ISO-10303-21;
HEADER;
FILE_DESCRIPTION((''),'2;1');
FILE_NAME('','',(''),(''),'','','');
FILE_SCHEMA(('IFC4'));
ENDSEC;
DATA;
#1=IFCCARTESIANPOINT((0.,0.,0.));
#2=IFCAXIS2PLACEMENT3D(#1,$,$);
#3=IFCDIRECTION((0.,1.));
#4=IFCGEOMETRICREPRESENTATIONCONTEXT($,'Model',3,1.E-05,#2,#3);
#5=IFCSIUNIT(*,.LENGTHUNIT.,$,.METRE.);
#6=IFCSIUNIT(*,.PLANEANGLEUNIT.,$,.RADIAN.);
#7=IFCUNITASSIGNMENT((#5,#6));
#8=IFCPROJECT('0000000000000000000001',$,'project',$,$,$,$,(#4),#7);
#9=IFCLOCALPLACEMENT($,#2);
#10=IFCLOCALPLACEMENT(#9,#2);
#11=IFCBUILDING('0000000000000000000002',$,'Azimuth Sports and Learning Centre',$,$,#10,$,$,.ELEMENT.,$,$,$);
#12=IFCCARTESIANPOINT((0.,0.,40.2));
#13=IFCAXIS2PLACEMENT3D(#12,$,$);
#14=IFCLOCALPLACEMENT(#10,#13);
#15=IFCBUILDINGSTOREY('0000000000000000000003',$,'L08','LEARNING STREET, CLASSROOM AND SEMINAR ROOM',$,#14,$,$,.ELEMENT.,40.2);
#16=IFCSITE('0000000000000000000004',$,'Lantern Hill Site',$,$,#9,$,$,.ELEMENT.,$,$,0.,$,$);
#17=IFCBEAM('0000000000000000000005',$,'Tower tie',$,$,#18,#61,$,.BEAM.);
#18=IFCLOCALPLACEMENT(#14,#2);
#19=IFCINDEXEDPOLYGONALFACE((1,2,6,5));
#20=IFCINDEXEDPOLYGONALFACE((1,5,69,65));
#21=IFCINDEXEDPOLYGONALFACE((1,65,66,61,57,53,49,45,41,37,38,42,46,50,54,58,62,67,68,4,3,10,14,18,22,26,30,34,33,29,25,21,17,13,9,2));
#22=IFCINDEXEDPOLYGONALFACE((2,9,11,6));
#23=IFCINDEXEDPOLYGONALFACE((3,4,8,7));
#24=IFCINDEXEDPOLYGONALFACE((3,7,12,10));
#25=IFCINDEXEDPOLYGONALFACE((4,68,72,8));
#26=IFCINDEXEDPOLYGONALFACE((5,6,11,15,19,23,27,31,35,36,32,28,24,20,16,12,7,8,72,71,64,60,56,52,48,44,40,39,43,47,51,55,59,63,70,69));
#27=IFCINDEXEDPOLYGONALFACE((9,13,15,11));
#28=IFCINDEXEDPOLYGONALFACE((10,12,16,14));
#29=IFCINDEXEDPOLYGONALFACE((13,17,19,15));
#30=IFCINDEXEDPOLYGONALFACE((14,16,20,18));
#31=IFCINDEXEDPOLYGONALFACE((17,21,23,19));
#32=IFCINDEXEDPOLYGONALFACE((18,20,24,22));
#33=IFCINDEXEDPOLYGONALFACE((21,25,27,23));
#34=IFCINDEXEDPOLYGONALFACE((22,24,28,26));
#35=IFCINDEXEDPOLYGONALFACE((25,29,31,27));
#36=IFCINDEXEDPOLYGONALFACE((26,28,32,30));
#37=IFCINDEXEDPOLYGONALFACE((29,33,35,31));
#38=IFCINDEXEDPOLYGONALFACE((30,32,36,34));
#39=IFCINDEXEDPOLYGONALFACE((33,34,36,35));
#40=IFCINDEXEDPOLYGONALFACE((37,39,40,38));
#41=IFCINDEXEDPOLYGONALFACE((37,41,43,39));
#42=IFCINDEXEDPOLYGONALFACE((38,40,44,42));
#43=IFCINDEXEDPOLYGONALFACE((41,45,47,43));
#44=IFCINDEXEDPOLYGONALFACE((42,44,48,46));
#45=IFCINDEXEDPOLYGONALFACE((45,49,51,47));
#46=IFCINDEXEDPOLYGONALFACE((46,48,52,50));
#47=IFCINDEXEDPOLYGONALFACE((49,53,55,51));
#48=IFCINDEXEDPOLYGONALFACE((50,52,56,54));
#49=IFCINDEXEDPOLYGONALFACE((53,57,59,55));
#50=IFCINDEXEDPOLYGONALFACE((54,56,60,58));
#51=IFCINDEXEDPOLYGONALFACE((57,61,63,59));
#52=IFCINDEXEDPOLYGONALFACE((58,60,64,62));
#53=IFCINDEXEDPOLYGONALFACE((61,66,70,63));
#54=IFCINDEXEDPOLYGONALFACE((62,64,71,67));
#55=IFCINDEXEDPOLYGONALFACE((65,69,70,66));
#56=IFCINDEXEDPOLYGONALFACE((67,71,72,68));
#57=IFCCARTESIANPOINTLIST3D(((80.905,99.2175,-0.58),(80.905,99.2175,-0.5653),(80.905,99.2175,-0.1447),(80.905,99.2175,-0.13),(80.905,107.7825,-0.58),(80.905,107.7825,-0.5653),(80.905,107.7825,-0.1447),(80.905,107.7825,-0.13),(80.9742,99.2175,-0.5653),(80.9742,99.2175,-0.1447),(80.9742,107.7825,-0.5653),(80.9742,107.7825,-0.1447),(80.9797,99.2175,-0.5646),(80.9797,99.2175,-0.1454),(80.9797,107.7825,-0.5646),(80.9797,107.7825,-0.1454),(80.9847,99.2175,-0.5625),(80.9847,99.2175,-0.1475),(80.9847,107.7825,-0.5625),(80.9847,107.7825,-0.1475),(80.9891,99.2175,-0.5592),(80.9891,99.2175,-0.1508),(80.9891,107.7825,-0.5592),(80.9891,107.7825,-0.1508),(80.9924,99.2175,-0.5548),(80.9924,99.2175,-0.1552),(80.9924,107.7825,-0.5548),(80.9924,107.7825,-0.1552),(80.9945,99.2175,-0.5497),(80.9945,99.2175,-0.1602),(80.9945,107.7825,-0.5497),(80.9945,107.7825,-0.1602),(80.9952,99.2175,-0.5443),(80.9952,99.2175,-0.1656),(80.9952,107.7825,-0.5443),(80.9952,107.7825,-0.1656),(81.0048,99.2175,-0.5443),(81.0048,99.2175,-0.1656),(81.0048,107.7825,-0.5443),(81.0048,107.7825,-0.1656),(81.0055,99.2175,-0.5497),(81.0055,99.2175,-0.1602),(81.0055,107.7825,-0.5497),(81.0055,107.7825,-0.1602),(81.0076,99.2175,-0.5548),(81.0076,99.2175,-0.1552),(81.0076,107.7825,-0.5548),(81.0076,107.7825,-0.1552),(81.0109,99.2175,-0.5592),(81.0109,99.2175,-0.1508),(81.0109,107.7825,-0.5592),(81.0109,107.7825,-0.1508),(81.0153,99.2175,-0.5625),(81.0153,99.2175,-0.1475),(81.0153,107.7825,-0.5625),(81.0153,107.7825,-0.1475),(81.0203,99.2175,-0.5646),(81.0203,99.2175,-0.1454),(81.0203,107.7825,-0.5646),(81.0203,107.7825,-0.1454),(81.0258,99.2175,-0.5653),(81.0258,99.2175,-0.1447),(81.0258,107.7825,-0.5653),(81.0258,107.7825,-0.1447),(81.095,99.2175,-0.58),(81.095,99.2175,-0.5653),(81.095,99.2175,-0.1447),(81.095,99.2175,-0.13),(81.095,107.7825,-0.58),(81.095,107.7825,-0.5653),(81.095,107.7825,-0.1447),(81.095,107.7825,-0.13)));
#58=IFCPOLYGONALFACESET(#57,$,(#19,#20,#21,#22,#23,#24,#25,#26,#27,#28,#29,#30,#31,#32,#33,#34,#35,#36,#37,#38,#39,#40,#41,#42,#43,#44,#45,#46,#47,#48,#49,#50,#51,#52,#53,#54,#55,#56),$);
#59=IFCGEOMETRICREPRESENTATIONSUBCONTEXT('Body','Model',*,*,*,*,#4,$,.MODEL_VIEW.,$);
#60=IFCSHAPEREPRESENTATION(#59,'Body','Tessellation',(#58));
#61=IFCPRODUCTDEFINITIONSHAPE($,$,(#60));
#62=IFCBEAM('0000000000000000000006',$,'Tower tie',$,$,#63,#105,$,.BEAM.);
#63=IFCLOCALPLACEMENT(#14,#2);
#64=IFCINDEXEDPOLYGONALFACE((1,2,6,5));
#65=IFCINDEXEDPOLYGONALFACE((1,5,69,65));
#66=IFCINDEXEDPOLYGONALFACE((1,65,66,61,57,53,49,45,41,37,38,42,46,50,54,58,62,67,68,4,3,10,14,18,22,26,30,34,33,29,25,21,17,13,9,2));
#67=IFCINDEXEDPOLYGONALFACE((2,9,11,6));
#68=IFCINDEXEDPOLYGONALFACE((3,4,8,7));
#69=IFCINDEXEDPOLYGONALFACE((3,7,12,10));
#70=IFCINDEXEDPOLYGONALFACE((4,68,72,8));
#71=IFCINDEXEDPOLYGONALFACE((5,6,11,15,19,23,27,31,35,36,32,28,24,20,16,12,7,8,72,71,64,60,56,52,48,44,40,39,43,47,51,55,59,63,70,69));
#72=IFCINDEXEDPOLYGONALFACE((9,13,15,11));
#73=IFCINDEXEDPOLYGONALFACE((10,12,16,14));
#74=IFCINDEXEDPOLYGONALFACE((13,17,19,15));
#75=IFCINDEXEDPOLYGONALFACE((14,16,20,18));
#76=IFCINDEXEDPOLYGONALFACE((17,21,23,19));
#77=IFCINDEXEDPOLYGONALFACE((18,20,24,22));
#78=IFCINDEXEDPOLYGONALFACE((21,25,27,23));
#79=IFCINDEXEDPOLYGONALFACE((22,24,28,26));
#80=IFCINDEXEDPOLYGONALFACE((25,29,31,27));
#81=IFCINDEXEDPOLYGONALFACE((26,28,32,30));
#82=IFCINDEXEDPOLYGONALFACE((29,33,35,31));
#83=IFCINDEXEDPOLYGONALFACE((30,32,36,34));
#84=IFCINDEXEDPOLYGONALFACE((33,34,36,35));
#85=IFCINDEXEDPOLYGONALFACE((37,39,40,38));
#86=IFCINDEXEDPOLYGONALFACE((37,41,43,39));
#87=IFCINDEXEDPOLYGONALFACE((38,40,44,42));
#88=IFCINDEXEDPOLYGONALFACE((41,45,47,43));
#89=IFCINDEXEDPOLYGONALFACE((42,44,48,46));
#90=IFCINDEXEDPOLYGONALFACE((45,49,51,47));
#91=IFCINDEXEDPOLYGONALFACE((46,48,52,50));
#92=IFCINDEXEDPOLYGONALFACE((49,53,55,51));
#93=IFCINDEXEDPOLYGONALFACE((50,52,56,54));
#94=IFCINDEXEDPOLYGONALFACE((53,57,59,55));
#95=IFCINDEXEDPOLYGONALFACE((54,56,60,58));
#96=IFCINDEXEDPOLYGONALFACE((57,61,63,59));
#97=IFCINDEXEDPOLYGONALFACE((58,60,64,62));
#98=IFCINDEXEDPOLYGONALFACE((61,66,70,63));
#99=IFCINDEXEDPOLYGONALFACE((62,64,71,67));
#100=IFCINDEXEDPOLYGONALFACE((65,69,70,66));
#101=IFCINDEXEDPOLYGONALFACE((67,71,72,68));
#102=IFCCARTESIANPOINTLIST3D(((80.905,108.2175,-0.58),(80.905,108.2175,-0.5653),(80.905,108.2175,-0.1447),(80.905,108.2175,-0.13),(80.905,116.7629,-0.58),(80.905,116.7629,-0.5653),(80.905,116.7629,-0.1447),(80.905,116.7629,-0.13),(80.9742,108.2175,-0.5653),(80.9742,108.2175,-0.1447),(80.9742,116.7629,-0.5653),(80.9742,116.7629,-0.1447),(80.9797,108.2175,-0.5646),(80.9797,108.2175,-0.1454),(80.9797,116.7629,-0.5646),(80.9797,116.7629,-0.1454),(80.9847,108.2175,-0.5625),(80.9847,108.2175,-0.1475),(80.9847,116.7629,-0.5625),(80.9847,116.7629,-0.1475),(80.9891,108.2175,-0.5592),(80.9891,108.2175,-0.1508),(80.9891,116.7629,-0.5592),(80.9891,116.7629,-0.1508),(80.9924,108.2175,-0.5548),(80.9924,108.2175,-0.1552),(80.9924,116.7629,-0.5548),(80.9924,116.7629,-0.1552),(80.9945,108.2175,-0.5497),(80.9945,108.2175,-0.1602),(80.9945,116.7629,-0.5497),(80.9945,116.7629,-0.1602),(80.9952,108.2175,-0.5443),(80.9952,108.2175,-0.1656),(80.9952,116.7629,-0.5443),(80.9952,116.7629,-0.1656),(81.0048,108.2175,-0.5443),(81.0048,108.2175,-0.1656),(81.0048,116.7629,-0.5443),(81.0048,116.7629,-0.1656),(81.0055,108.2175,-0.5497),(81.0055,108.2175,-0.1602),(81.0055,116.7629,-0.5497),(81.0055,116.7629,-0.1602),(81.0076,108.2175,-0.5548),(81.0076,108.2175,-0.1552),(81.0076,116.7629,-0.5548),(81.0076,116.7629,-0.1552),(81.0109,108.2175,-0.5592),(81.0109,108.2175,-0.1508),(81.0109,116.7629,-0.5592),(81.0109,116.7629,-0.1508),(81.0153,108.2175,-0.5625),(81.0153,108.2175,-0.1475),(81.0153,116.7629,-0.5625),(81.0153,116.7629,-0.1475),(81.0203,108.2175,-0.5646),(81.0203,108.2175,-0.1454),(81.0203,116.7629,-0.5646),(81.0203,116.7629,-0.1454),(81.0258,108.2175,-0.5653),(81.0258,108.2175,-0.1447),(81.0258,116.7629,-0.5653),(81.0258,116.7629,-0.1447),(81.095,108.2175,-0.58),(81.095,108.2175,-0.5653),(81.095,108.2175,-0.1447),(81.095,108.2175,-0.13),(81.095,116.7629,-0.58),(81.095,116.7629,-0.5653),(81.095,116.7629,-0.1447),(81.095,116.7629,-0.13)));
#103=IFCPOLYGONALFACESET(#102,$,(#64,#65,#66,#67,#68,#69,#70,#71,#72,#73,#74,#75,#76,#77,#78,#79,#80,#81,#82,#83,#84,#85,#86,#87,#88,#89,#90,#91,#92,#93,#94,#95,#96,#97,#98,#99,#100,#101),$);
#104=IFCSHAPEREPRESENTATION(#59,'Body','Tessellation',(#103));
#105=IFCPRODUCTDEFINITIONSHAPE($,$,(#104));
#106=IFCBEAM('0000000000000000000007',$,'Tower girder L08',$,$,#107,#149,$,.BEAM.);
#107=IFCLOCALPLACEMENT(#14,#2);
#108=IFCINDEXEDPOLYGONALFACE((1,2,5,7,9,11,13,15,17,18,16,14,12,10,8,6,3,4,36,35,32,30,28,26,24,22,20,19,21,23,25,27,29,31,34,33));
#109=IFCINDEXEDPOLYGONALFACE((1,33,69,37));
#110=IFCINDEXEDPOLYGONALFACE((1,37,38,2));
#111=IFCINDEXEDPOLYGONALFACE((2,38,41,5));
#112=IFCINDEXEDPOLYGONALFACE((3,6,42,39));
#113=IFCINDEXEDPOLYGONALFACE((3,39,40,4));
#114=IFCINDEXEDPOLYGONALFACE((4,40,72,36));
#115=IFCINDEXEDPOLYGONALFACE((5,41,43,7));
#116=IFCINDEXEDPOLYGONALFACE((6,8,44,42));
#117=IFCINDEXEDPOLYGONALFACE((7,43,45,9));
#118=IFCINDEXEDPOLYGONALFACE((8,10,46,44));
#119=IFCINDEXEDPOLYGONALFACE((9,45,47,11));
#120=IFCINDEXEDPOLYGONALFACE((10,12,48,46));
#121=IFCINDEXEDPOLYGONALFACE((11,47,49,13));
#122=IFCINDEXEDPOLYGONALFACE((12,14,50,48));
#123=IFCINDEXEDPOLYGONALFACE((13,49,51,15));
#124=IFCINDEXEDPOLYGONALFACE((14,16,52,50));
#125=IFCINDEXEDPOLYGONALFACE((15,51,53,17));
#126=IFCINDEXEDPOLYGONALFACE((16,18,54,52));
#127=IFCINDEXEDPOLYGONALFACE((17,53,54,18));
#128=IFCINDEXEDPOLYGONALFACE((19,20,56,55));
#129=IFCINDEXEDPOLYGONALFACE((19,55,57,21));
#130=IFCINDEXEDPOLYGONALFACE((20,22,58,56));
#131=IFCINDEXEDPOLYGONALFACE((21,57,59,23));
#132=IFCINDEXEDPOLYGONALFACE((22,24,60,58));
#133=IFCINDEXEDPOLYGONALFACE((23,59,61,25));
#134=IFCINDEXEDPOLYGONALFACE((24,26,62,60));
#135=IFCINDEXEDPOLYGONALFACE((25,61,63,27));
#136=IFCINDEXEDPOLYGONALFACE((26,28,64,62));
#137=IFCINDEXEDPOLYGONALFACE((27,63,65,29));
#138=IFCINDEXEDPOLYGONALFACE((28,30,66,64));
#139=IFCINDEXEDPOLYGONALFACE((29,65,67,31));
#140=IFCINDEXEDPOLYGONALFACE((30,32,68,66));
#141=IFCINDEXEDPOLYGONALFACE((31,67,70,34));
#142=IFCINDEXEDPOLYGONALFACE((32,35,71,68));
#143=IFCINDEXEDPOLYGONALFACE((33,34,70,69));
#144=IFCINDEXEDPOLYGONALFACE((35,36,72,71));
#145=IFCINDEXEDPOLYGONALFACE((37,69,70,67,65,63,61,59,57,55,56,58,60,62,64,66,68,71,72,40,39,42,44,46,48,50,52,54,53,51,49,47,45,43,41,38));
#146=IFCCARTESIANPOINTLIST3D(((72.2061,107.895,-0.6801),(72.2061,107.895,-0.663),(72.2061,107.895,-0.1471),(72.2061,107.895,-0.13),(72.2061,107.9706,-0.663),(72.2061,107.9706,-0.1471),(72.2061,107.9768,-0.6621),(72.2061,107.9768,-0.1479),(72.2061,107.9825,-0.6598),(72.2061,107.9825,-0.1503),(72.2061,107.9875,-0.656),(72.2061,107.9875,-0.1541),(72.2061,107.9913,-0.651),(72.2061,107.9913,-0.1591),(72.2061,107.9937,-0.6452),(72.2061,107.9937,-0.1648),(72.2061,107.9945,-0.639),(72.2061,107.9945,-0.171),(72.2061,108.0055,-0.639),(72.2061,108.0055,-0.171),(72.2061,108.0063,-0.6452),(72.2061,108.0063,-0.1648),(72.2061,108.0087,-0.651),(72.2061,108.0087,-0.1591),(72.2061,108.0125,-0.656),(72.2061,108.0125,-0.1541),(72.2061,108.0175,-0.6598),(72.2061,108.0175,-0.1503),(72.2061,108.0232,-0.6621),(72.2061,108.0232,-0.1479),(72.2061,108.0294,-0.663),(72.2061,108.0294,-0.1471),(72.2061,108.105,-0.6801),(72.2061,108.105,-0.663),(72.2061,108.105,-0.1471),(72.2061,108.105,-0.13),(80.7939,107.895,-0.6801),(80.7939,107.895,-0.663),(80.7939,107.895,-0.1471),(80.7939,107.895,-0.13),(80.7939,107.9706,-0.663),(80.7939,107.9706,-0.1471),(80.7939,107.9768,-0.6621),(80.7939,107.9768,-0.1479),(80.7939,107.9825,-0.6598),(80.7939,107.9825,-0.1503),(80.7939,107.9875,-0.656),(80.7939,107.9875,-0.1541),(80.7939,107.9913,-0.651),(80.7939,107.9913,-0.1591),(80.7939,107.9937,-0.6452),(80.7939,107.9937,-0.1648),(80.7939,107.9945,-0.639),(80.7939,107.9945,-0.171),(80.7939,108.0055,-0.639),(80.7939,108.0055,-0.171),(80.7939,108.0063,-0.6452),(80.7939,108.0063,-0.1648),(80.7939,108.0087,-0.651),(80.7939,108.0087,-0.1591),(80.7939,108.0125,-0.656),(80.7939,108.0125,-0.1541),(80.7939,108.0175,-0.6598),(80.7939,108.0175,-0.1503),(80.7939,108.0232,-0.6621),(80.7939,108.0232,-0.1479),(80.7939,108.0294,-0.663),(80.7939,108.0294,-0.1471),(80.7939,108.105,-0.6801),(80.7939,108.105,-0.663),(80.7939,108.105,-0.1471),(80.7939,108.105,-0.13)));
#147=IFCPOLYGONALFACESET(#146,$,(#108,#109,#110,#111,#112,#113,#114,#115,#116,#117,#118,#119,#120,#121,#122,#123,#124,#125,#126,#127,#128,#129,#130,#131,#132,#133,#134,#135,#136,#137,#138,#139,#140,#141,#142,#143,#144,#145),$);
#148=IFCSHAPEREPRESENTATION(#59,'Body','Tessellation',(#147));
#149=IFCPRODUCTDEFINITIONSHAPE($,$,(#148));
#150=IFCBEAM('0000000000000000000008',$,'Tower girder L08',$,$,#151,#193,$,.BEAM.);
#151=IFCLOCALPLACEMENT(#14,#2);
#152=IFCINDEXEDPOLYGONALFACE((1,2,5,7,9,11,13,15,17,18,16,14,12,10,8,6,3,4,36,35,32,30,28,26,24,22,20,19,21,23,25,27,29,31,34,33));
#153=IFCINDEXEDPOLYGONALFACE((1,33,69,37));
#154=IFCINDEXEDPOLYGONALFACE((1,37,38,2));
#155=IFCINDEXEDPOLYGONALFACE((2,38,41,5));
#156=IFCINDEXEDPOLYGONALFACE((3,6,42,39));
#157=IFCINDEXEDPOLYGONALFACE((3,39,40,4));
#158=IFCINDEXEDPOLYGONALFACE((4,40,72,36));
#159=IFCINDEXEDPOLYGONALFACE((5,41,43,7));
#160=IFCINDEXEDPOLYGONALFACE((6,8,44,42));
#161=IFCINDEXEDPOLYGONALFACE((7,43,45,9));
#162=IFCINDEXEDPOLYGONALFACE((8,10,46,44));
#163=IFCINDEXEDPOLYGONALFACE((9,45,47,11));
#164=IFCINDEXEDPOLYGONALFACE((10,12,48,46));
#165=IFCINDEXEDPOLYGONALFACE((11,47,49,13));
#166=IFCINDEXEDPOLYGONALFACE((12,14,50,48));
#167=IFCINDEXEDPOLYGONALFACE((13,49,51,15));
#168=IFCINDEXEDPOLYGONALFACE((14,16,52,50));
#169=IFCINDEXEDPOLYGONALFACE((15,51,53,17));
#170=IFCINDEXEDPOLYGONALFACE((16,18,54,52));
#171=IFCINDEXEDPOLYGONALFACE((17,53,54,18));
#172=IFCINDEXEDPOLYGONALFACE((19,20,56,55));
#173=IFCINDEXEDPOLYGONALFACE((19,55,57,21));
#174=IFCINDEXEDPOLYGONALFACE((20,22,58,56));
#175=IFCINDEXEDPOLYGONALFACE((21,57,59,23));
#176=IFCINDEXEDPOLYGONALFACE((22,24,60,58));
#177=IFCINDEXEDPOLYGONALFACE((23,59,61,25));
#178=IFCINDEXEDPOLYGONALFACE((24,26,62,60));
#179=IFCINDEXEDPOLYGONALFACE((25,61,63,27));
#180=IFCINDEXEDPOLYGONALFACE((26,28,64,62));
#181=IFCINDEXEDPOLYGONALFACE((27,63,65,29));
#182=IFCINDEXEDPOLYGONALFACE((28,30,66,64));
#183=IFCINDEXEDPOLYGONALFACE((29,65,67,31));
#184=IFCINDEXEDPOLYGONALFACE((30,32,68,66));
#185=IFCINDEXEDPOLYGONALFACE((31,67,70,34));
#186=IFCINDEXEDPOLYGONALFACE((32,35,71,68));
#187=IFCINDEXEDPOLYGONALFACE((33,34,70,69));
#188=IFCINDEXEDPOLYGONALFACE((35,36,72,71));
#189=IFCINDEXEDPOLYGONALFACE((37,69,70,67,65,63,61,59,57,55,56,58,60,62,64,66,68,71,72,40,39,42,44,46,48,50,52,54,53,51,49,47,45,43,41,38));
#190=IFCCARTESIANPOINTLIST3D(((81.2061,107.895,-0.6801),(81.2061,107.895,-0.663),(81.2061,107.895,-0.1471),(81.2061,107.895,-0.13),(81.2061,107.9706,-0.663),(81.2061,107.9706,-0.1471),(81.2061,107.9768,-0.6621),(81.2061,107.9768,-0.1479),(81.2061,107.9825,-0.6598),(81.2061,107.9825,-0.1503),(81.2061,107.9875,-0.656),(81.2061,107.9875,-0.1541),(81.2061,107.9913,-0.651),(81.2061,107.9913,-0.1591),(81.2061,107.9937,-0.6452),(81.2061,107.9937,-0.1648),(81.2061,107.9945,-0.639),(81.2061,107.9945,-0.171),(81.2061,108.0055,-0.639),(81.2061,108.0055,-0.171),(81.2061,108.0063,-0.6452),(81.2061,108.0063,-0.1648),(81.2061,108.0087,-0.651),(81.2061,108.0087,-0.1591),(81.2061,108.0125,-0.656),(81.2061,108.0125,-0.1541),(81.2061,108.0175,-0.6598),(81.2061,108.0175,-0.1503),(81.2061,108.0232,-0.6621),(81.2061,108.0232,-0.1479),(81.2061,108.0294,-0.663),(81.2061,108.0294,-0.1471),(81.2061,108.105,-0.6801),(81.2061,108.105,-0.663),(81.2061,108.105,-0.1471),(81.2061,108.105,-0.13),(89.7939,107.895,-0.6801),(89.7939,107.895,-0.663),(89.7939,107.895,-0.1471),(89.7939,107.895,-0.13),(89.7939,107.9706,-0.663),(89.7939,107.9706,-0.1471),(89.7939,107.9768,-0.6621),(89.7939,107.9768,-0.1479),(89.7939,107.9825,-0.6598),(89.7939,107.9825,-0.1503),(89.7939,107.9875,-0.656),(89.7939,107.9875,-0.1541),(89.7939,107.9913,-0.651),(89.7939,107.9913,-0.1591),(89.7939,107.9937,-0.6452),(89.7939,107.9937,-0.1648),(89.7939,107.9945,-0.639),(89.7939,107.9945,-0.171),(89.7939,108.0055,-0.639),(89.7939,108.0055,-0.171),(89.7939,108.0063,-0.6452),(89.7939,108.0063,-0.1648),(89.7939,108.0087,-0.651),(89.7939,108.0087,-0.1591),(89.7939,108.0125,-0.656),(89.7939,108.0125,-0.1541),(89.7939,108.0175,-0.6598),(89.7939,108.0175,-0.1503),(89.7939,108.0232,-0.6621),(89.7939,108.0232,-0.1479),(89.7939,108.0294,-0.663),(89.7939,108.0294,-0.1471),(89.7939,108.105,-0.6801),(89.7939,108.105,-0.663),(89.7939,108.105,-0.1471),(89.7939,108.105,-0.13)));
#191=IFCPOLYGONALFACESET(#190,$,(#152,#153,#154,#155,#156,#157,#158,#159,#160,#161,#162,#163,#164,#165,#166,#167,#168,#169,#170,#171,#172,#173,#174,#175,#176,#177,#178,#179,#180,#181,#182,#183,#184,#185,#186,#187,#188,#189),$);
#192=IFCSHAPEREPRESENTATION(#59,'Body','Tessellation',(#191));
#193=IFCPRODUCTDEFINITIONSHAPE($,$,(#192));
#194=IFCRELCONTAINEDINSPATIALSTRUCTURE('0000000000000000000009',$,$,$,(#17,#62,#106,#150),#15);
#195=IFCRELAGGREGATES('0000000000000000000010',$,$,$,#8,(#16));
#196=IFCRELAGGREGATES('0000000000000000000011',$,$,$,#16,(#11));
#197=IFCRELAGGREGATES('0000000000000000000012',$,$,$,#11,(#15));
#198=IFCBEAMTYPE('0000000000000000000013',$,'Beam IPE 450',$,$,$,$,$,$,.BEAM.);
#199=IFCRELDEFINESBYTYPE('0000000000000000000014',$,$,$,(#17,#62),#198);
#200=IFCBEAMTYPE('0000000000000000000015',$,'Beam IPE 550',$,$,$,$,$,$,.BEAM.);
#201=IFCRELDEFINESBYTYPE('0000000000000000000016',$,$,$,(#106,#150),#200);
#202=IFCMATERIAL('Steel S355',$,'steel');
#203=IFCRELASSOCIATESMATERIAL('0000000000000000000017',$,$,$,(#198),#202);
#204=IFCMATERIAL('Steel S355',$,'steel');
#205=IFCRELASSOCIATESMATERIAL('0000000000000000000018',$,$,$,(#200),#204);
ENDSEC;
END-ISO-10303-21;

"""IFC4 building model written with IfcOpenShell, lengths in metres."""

from ifc_helpers import new_model, si_unit, direction, frame, origin, origin_2d, place, context, subcontext, project, spatial, i_section, extrude, material, material_profile, profile_set, type_object, element, save


model = new_model("IFC4")

# Units and contexts
model_context = context("Model", 3, precision=1e-05, world=origin(), true_north=direction((0.0, 1.0)))
body_context = subcontext(model_context, "Body", "Model", "MODEL_VIEW")
ifc_project = project(units=[si_unit("LENGTHUNIT", "METRE"), si_unit("PLANEANGLEUNIT", "RADIAN")], contexts=[model_context])

# Site, building, storey
site_placement = place(None, origin())
site = spatial("IfcSite", under=ifc_project, at=site_placement, Name="Lantern Hill Site", CompositionType="ELEMENT", RefElevation=0.0)
building_placement = place(site_placement, origin())
building = spatial("IfcBuilding", under=site, at=building_placement, Name="Azimuth Sports and Learning Centre", CompositionType="ELEMENT")
storey_placement = place(building_placement, frame((0.0, 0.0, 40.2)))
storey = spatial("IfcBuildingStorey", under=building, at=storey_placement, Name="L08", Description="LEARNING STREET, CLASSROOM AND SEMINAR ROOM", CompositionType="ELEMENT", Elevation=40.2)

# Beams
ifc_material_1 = material(Name="Steel S355", Category="steel")
ifc_material_profile_1 = material_profile(ifc_material_1, i_section(OverallWidth=0.1899, OverallDepth=0.45, WebThickness=0.0095, FlangeThickness=0.0146, FilletRadius=0.021, at=origin_2d()), Name="IPE 450")
ifc_profile_set_1 = profile_set([ifc_material_profile_1], Name="Steel S355")
beam_type_1 = type_object("IfcBeamType", Name="Beam IPE 450", PredefinedType="BEAM", material=ifc_profile_set_1)
beam_1_placement = place(storey_placement, frame((81.0, 99.2175, -0.355), z_axis=(0.0, 1.0, 0.0), x_axis=(-1.0, 0.0, 0.0)))
element("IfcBeam", 1, at=beam_1_placement, inside=storey, type_object=beam_type_1, Name="Tower tie", PredefinedType="BEAM", context=body_context, shape_type="SweptSolid", body=[
    extrude(i_section(OverallWidth=0.1899, OverallDepth=0.45, WebThickness=0.0095, FlangeThickness=0.0146, FilletRadius=0.021, at=origin_2d()), origin(), (0.0, 0.0, 1.0), 8.5649),
])
beam_2_placement = place(storey_placement, frame((81.0, 108.2175, -0.355), z_axis=(0.0, 1.0, 0.0), x_axis=(-1.0, 0.0, 0.0)))
element("IfcBeam", 2, at=beam_2_placement, inside=storey, type_object=beam_type_1, Name="Tower tie", PredefinedType="BEAM", context=body_context, shape_type="SweptSolid", body=[
    extrude(i_section(OverallWidth=0.1899, OverallDepth=0.45, WebThickness=0.0095, FlangeThickness=0.0146, FilletRadius=0.021, at=origin_2d()), origin(), (0.0, 0.0, 1.0), 8.5454),
])
ifc_material_2 = material(Name="Steel S355", Category="steel")
ifc_material_profile_2 = material_profile(ifc_material_2, i_section(OverallWidth=0.21, OverallDepth=0.55, WebThickness=0.011, FlangeThickness=0.0171, FilletRadius=0.0239, at=origin_2d()), Name="IPE 550")
ifc_profile_set_2 = profile_set([ifc_material_profile_2], Name="Steel S355")
beam_type_2 = type_object("IfcBeamType", Name="Beam IPE 550", PredefinedType="BEAM", material=ifc_profile_set_2)
for number, where, z_axis, x_axis, name in (
    (3, (72.2061, 108.0, -0.405), (1.0, 0.0, 0.0), (0.0, 1.0, 0.0), "Tower girder L08"),
    (4, (81.2061, 108.0, -0.405), (1.0, 0.0, 0.0), (0.0, 1.0, 0.0), "Tower girder L08"),
):
    element("IfcBeam", number, at=place(storey_placement, frame(where, z_axis=z_axis, x_axis=x_axis)), inside=storey, type_object=beam_type_2, Name=name, PredefinedType="BEAM", context=body_context, shape_type="SweptSolid", body=[
        extrude(i_section(OverallWidth=0.21, OverallDepth=0.55, WebThickness=0.011, FlangeThickness=0.0171, FilletRadius=0.0239, at=origin_2d()), origin(), (0.0, 0.0, 1.0), 8.5879),
    ])

save(model, "model.ifc")
